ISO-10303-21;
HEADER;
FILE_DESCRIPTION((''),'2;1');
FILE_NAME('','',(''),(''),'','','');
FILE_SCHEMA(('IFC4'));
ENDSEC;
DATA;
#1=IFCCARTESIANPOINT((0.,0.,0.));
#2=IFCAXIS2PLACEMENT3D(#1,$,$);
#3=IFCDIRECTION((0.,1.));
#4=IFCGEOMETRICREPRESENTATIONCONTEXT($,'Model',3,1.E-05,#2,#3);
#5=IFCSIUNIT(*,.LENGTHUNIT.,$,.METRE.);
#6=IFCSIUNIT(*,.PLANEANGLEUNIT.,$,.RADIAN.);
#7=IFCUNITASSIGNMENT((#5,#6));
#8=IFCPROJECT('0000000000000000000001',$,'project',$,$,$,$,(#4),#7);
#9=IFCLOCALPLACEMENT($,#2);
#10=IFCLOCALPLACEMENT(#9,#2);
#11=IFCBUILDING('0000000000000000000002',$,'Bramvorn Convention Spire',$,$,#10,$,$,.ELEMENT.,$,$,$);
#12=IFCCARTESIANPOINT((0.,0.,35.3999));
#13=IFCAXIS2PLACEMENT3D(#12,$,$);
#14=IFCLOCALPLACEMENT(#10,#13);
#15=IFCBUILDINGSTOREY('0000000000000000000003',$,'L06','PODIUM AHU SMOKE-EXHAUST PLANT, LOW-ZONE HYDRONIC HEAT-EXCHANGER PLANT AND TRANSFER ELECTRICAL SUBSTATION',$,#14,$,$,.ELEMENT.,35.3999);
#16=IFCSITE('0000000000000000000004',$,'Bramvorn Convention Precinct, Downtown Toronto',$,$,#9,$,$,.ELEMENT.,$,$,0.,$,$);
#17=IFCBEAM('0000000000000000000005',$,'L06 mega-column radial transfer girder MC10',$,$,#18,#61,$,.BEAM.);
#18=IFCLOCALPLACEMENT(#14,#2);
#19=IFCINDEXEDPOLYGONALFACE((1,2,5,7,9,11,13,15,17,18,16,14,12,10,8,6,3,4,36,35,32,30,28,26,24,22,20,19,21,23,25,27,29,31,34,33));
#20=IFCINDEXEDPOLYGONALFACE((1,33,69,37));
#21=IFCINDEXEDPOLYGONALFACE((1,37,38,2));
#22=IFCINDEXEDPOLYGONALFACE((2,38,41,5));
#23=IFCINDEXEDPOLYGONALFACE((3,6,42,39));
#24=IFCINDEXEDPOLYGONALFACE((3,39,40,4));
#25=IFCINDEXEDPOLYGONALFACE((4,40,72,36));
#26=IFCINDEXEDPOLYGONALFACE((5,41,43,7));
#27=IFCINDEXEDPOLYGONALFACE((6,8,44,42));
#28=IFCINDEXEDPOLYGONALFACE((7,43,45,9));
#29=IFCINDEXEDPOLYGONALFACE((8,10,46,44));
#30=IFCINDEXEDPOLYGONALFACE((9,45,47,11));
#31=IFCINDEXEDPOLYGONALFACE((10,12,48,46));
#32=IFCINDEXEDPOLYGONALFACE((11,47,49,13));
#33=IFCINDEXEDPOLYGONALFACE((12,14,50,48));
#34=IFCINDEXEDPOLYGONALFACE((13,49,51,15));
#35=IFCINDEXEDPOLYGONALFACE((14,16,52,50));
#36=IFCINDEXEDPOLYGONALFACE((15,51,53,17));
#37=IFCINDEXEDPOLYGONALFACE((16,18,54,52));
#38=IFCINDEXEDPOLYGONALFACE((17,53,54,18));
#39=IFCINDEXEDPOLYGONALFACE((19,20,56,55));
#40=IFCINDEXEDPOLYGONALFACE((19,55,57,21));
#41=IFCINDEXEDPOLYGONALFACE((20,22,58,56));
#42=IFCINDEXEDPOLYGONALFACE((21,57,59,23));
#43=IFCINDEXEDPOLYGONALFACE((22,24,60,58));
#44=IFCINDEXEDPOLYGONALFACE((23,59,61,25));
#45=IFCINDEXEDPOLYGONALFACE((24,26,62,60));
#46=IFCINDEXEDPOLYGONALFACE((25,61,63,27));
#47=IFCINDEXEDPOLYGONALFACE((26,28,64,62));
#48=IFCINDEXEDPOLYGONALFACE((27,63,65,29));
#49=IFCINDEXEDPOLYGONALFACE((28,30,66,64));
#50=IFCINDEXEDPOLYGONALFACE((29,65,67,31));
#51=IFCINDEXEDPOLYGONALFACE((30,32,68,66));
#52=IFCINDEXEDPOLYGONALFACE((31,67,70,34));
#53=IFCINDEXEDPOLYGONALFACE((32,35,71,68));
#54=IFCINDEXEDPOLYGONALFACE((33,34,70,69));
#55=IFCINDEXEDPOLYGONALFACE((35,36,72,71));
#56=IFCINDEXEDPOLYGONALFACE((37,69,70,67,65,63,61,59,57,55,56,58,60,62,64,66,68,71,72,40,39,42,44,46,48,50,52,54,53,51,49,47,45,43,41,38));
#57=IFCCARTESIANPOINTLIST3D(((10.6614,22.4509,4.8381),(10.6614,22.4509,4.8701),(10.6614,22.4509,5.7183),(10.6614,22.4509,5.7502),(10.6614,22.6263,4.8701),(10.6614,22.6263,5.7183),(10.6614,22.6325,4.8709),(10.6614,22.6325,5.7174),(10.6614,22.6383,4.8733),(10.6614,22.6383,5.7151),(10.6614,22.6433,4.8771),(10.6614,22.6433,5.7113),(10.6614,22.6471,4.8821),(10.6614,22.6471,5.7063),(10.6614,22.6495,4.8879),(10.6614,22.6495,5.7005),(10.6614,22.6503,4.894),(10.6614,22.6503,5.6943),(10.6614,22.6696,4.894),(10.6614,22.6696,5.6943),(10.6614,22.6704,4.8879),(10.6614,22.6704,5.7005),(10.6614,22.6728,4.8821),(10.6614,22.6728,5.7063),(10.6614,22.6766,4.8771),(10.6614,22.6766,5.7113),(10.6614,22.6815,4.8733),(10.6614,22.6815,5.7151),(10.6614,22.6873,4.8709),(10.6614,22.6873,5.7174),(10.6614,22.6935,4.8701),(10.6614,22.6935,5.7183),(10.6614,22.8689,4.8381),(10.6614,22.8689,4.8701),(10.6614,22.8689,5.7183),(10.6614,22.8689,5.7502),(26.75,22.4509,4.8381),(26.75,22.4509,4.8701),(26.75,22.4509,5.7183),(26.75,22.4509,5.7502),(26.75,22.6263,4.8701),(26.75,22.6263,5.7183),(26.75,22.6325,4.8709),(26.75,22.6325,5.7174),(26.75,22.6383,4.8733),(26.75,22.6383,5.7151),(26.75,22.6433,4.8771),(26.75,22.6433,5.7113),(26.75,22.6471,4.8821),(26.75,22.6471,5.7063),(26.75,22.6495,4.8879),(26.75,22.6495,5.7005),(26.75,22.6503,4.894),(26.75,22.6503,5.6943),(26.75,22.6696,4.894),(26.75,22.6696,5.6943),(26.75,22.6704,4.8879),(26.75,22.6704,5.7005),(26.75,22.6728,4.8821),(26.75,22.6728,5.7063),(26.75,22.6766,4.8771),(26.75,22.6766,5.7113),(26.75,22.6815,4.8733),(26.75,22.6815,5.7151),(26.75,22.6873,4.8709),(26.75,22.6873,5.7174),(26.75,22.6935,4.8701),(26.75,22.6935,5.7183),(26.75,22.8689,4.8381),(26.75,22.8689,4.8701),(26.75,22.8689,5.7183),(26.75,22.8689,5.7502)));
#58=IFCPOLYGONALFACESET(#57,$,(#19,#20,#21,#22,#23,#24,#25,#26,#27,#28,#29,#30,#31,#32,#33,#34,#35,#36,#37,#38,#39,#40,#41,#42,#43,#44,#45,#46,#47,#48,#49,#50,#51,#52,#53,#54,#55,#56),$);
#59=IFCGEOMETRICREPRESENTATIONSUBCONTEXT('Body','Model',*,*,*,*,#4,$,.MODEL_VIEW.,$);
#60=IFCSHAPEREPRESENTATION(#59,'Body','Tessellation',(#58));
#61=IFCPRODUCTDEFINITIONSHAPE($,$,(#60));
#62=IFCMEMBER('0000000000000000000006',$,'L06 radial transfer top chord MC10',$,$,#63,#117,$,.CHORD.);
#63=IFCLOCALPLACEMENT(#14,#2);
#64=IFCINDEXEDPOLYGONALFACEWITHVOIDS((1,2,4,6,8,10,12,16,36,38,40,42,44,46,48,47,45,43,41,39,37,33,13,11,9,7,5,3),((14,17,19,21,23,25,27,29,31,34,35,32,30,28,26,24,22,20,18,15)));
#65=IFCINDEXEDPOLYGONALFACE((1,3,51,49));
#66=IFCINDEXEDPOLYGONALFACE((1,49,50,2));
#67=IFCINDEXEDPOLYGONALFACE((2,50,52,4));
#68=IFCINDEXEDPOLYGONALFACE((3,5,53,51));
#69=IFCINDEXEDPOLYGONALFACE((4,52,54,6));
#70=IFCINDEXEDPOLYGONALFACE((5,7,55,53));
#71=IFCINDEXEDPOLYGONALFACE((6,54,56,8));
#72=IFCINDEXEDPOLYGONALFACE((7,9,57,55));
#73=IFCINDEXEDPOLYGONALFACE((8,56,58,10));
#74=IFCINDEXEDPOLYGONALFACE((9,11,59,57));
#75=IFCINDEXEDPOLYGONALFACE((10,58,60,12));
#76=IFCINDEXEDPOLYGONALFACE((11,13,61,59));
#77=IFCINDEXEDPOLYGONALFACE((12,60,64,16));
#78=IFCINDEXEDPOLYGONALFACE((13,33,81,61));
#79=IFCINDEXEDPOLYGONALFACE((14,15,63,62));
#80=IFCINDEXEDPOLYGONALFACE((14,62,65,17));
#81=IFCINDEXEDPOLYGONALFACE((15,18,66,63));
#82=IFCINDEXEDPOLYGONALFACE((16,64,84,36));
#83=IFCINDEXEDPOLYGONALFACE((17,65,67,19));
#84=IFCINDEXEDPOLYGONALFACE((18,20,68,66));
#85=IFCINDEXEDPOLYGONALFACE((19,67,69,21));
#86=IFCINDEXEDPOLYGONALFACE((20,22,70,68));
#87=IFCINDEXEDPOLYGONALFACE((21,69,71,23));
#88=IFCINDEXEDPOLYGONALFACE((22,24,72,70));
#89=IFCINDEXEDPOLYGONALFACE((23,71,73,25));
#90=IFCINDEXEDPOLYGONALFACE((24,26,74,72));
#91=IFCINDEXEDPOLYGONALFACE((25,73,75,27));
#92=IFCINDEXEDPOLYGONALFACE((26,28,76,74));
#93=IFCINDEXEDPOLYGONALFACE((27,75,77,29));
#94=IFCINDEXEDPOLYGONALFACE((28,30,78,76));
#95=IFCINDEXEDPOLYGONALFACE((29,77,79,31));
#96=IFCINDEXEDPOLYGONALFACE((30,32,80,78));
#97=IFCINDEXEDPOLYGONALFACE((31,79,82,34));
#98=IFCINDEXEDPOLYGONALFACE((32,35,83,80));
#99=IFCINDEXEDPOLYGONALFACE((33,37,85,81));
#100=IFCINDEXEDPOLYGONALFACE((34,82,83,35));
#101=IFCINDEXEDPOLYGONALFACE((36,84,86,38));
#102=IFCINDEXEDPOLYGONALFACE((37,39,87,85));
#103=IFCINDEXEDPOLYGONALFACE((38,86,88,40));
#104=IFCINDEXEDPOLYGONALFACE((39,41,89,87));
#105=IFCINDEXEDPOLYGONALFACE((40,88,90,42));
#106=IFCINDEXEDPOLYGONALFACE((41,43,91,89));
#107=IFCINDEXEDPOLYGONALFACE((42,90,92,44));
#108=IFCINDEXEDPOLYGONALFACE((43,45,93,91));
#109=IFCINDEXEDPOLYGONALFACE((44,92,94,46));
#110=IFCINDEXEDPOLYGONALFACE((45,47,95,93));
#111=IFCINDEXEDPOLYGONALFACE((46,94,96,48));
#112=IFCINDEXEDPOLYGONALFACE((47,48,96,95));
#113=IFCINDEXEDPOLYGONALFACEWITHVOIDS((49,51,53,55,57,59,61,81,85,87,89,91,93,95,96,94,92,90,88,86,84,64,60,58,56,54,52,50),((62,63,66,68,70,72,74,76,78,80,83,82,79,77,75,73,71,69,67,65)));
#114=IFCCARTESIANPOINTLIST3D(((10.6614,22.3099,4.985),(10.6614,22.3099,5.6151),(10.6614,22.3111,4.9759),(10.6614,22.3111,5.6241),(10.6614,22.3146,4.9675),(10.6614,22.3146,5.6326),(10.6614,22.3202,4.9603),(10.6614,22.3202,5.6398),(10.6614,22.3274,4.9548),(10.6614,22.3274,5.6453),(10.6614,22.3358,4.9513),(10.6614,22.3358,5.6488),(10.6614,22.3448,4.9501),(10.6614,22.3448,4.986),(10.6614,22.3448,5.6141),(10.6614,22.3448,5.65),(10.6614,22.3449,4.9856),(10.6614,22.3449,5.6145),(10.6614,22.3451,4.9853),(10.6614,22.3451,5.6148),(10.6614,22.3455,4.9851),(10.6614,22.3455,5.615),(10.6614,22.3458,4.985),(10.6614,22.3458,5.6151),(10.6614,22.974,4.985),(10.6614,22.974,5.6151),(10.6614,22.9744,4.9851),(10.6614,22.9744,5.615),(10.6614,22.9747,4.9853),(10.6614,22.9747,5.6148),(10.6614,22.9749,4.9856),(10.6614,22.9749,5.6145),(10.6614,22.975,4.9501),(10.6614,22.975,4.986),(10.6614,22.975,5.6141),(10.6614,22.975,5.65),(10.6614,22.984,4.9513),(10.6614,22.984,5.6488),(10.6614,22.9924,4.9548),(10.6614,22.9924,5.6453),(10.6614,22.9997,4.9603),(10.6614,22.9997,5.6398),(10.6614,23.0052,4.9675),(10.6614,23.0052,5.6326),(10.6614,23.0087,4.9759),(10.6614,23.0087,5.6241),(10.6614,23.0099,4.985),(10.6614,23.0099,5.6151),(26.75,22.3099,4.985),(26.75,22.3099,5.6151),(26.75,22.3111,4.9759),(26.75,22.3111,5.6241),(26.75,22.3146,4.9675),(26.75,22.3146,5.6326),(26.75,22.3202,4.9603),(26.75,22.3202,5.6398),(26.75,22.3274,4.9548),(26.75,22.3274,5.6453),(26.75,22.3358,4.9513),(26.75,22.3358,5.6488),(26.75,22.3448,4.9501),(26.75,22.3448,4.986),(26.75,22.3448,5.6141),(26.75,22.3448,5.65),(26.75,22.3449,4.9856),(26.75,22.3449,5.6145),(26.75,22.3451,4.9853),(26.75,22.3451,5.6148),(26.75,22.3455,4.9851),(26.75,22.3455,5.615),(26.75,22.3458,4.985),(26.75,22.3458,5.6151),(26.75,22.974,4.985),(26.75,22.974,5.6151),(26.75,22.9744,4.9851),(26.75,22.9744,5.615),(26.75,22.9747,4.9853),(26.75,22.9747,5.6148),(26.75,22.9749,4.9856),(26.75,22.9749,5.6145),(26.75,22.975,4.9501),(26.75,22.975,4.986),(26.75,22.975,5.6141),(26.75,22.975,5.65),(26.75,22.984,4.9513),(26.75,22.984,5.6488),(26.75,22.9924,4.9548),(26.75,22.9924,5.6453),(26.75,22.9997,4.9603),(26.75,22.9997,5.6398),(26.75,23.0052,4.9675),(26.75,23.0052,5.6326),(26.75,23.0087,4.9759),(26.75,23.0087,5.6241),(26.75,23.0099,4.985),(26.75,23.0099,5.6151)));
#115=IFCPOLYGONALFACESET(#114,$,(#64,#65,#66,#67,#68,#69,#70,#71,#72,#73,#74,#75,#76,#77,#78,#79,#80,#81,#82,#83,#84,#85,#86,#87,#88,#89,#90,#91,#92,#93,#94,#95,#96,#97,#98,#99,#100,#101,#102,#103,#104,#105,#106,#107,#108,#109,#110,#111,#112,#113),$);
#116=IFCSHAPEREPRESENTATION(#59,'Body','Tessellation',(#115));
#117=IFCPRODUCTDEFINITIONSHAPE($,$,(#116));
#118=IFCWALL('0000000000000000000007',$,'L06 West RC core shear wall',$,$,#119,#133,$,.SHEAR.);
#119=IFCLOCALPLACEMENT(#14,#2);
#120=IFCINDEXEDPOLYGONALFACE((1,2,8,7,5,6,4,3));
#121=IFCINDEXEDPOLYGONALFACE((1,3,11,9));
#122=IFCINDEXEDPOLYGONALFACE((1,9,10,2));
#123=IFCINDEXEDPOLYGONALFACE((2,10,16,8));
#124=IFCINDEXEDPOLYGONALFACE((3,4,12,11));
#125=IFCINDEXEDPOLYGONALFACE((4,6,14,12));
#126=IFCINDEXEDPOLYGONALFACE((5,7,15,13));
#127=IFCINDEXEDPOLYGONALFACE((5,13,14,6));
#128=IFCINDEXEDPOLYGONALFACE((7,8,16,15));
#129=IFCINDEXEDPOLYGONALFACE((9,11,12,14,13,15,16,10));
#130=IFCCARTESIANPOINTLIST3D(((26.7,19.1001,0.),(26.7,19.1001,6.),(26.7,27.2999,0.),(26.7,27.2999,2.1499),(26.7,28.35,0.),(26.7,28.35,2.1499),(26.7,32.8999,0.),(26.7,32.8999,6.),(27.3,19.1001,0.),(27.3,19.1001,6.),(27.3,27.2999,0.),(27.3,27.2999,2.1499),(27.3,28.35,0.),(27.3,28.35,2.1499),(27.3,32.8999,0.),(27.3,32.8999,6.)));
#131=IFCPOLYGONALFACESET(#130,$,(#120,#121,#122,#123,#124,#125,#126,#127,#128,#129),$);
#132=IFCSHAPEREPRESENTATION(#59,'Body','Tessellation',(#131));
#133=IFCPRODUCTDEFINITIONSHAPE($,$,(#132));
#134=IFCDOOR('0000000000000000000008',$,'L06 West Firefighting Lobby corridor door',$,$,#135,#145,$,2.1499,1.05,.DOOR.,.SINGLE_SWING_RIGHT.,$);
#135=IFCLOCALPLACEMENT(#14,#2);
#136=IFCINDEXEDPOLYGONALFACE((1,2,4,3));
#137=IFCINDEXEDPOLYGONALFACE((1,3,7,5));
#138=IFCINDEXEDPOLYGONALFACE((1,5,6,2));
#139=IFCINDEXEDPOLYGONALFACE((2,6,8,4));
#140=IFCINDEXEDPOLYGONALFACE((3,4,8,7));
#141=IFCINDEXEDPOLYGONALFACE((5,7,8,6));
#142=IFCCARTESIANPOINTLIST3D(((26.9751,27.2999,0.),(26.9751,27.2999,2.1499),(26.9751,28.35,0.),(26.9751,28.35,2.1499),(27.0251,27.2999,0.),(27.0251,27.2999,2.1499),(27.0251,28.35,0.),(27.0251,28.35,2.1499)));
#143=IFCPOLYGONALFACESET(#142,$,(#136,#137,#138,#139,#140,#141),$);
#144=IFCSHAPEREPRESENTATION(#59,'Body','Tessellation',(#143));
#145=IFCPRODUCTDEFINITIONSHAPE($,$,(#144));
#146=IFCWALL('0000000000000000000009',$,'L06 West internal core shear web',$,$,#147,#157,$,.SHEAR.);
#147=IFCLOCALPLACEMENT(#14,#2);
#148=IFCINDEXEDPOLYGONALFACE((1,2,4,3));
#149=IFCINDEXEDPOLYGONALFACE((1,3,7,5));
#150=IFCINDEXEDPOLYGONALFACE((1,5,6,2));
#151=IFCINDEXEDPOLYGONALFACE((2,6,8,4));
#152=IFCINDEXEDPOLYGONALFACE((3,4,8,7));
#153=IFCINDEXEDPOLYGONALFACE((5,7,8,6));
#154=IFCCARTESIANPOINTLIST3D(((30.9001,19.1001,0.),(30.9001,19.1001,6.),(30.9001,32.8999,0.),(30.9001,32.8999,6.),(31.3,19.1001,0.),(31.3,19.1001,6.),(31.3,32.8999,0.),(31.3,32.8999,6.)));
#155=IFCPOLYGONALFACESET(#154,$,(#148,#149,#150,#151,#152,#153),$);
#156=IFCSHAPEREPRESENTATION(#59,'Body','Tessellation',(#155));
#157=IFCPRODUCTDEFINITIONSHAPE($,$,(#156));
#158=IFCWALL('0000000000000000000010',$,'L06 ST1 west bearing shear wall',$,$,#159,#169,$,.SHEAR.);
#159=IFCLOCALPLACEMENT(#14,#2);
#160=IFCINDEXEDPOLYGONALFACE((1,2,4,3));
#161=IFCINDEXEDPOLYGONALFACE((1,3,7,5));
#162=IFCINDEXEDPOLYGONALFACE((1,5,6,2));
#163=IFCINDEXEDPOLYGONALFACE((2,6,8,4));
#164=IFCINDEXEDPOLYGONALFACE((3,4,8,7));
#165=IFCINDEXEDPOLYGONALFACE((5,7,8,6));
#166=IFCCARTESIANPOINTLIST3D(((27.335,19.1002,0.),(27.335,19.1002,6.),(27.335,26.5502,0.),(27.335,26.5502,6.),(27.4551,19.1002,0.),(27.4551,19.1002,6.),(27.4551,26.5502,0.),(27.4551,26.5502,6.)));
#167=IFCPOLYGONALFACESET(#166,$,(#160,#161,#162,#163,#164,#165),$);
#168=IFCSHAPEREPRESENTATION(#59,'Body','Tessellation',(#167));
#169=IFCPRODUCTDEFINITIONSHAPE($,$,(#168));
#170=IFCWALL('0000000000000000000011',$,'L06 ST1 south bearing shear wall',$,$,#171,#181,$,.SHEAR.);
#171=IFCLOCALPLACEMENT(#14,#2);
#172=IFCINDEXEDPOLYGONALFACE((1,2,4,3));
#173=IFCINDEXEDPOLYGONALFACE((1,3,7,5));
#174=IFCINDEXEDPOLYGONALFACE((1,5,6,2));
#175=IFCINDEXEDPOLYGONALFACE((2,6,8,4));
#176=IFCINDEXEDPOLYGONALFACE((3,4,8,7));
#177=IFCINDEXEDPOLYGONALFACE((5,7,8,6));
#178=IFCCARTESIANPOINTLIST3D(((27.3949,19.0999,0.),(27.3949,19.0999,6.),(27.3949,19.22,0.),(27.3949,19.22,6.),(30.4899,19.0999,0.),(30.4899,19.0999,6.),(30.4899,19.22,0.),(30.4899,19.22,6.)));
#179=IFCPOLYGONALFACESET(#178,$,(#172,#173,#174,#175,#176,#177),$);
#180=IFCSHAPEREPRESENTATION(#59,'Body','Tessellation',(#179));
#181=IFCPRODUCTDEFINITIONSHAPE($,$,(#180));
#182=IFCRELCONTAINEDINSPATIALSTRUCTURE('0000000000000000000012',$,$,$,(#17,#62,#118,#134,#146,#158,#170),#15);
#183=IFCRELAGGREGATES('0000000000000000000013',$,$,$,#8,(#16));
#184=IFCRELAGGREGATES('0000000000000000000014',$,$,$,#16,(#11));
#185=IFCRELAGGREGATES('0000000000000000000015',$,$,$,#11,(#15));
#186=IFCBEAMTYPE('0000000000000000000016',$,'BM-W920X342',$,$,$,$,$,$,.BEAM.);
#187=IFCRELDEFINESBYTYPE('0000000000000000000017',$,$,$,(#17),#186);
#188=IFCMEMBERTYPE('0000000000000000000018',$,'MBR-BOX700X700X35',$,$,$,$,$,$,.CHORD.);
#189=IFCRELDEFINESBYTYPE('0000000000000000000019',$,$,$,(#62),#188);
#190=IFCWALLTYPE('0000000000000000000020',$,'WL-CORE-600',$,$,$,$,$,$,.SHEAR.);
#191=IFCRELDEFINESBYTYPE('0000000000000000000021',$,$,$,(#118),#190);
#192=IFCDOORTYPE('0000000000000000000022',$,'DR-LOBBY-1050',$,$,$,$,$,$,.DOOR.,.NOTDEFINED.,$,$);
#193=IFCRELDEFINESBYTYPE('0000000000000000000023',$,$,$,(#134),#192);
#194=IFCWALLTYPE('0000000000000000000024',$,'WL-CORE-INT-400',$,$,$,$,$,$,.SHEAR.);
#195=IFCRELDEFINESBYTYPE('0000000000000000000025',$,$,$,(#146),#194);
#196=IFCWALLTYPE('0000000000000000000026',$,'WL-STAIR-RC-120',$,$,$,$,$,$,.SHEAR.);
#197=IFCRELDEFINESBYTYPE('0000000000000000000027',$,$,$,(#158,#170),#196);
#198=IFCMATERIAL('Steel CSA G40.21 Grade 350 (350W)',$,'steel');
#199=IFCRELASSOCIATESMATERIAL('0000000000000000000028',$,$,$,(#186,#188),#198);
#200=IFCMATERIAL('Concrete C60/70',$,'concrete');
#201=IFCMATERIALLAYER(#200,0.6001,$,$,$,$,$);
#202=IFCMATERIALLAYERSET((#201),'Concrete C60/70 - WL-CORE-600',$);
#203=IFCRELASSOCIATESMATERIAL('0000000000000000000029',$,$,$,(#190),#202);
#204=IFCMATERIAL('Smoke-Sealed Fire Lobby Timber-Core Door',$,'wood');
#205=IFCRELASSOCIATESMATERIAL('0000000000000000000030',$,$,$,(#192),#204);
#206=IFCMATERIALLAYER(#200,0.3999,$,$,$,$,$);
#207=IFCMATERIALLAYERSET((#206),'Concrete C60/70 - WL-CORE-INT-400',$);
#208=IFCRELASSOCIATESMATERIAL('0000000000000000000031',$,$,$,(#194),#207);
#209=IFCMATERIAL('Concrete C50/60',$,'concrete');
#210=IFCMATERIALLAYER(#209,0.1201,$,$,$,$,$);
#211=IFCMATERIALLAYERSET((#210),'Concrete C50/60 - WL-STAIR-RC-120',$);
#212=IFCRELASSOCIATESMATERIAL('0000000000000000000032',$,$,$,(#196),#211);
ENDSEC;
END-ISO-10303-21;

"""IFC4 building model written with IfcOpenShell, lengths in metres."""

from ifc_helpers import new_model, si_unit, direction, frame, frame_2d, origin, origin_2d, place, context, subcontext, project, spatial, rectangle, hollow_rectangle, i_section, extrude, material, layer, layer_set, material_profile, profile_set, type_object, element, fill, save


model = new_model("IFC4")

# Units and contexts
model_context = context("Model", 3, precision=1e-05, world=origin(), true_north=direction((0.0, 1.0)))
body_context = subcontext(model_context, "Body", "Model", "MODEL_VIEW")
ifc_project = project(units=[si_unit("LENGTHUNIT", "METRE"), si_unit("PLANEANGLEUNIT", "RADIAN")], contexts=[model_context])

# Site, building, storey
site_placement = place(None, origin())
site = spatial("IfcSite", under=ifc_project, at=site_placement, Name="Bramvorn Convention Precinct, Downtown Toronto", CompositionType="ELEMENT", RefElevation=0.0)
building_placement = place(site_placement, origin())
building = spatial("IfcBuilding", under=site, at=building_placement, Name="Bramvorn Convention Spire", CompositionType="ELEMENT")
storey_placement = place(building_placement, frame((0.0, 0.0, 35.3999)))
storey = spatial("IfcBuildingStorey", under=building, at=storey_placement, Name="L06", Description="PODIUM AHU SMOKE-EXHAUST PLANT, LOW-ZONE HYDRONIC HEAT-EXCHANGER PLANT AND TRANSFER ELECTRICAL SUBSTATION", CompositionType="ELEMENT", Elevation=35.3999)

# Beam
ifc_material_1 = material(Name="Steel CSA G40.21 Grade 350 (350W)", Category="steel")
ifc_material_profile_1 = material_profile(ifc_material_1, i_section(OverallWidth=0.418, OverallDepth=0.9121, WebThickness=0.0193, FlangeThickness=0.032, FilletRadius=0.0239, at=origin_2d()))
ifc_profile_set_1 = profile_set([ifc_material_profile_1], Name="Steel CSA G40.21 Grade 350 (350W) - W920X342")
beam_type = type_object("IfcBeamType", Name="BM-W920X342", PredefinedType="BEAM", material=ifc_profile_set_1)
beam_placement = place(storey_placement, frame((26.75, 22.6599, 5.2942), z_axis=(-1.0, 0.0, 0.0), x_axis=(0.0, -1.0, 0.0)))
element("IfcBeam", 1, at=beam_placement, inside=storey, type_object=beam_type, Name="L06 mega-column radial transfer girder MC10", PredefinedType="BEAM", context=body_context, shape_type="SweptSolid", body=[
    extrude(i_section(OverallWidth=0.418, OverallDepth=0.9121, WebThickness=0.0193, FlangeThickness=0.032, FilletRadius=0.0239, at=origin_2d()), origin(), (0.0, 0.0, 1.0), 16.0886),
])

# Member
ifc_material_profile_2 = material_profile(ifc_material_1, hollow_rectangle(XDim=0.7, YDim=0.7, WallThickness=0.0349, InnerFilletRadius=0.001, OuterFilletRadius=0.0349, at=origin_2d()))
ifc_profile_set_2 = profile_set([ifc_material_profile_2], Name="Steel CSA G40.21 Grade 350 (350W) - BOX700X700X35")
member_type = type_object("IfcMemberType", Name="MBR-BOX700X700X35", PredefinedType="CHORD", material=ifc_profile_set_2)
member_placement = place(storey_placement, frame((26.75, 22.6599, 5.3), z_axis=(-1.0, 0.0, 0.0), x_axis=(0.0, -1.0, 0.0)))
element("IfcMember", 2, at=member_placement, inside=storey, type_object=member_type, Name="L06 radial transfer top chord MC10", PredefinedType="CHORD", context=body_context, shape_type="SweptSolid", body=[
    extrude(hollow_rectangle(XDim=0.7, YDim=0.7, WallThickness=0.0349, InnerFilletRadius=0.001, OuterFilletRadius=0.0349, at=origin_2d()), origin(), (0.0, 0.0, 1.0), 16.0886),
])

# Wall, opening, door
ifc_material_2 = material(Name="Concrete C60/70", Category="concrete")
ifc_layer_1 = layer(ifc_material_2, 0.6001)
ifc_layer_set_1 = layer_set([ifc_layer_1], Name="Concrete C60/70 - WL-CORE-600")
wall_type_1 = type_object("IfcWallType", Name="WL-CORE-600", PredefinedType="SHEAR", material=ifc_layer_set_1)
wall_1_placement = place(storey_placement, frame((27.0, 19.1001, 0.0), z_axis=(0.0, 0.0, 1.0), x_axis=(0.0, 1.0, 0.0)))
wall_1 = element("IfcWall", 3, at=wall_1_placement, inside=storey, type_object=wall_type_1, Name="L06 West RC core shear wall", PredefinedType="SHEAR", context=body_context, shape_type="SweptSolid", body=[
    extrude(rectangle(XDim=13.7998, YDim=0.6001, at=frame_2d((6.8999, 0.0))), origin(), (0.0, 0.0, 1.0), 6.0),
])
opening_placement = place(wall_1_placement, frame((8.2, 0.0, 0.0)))
opening = element("IfcOpeningElement", 4, at=opening_placement, cuts=wall_1, PredefinedType="OPENING", context=body_context, shape_type="SweptSolid", body=[
    extrude(rectangle(XDim=1.05, YDim=2.1499, at=frame_2d((0.5249, 1.075))), frame((0.0, 0.3101, 0.0), z_axis=(0.0, -1.0, 0.0), x_axis=(1.0, 0.0, 0.0)), (0.0, 0.0, 1.0), 0.6201),
])
ifc_material_3 = material(Name="Smoke-Sealed Fire Lobby Timber-Core Door", Category="wood")
door_type = type_object("IfcDoorType", Name="DR-LOBBY-1050", OperationType="NOTDEFINED", PredefinedType="DOOR", material=ifc_material_3)
door_placement = place(opening_placement, origin())
door = element("IfcDoor", 5, at=door_placement, inside=storey, type_object=door_type, Name="L06 West Firefighting Lobby corridor door", OperationType="SINGLE_SWING_RIGHT", OverallHeight=2.1499, OverallWidth=1.05, PredefinedType="DOOR", context=body_context, shape_type="SweptSolid", body=[
    extrude(rectangle(XDim=1.05, YDim=2.1499, at=frame_2d((0.5249, 1.075))), frame((0.0, 0.0249, 0.0), z_axis=(0.0, -1.0, 0.0), x_axis=(1.0, 0.0, 0.0)), (0.0, 0.0, 1.0), 0.05),
])
fill(opening, door)

# Walls
ifc_layer_2 = layer(ifc_material_2, 0.3999)
ifc_layer_set_2 = layer_set([ifc_layer_2], Name="Concrete C60/70 - WL-CORE-INT-400")
wall_type_2 = type_object("IfcWallType", Name="WL-CORE-INT-400", PredefinedType="SHEAR", material=ifc_layer_set_2)
wall_2_placement = place(storey_placement, frame((31.1001, 19.1001, 0.0), z_axis=(0.0, 0.0, 1.0), x_axis=(0.0, 1.0, 0.0)))
element("IfcWall", 6, at=wall_2_placement, inside=storey, type_object=wall_type_2, Name="L06 West internal core shear web", PredefinedType="SHEAR", context=body_context, shape_type="SweptSolid", body=[
    extrude(rectangle(XDim=13.7998, YDim=0.3999, at=frame_2d((6.8999, 0.0))), origin(), (0.0, 0.0, 1.0), 6.0),
])
ifc_material_4 = material(Name="Concrete C50/60", Category="concrete")
ifc_layer_3 = layer(ifc_material_4, 0.1201)
ifc_layer_set_3 = layer_set([ifc_layer_3], Name="Concrete C50/60 - WL-STAIR-RC-120")
wall_type_3 = type_object("IfcWallType", Name="WL-STAIR-RC-120", PredefinedType="SHEAR", material=ifc_layer_set_3)
wall_3_placement = place(storey_placement, frame((27.395, 19.1001, 0.0), z_axis=(0.0, 0.0, 1.0), x_axis=(0.0, 1.0, 0.0)))
element("IfcWall", 7, at=wall_3_placement, inside=storey, type_object=wall_type_3, Name="L06 ST1 west bearing shear wall", PredefinedType="SHEAR", context=body_context, shape_type="SweptSolid", body=[
    extrude(rectangle(XDim=7.45, YDim=0.1201, at=frame_2d((3.7251, 0.0))), origin(), (0.0, 0.0, 1.0), 6.0),
])
wall_4_placement = place(storey_placement, frame((27.395, 19.1599, 0.0), z_axis=(0.0, 0.0, 1.0), x_axis=(1.0, 0.0, 0.0)))
element("IfcWall", 8, at=wall_4_placement, inside=storey, type_object=wall_type_3, Name="L06 ST1 south bearing shear wall", PredefinedType="SHEAR", context=body_context, shape_type="SweptSolid", body=[
    extrude(rectangle(XDim=3.095, YDim=0.1201, at=frame_2d((1.5474, 0.0))), origin(), (0.0, 0.0, 1.0), 6.0),
])

save(model, "model.ifc")
